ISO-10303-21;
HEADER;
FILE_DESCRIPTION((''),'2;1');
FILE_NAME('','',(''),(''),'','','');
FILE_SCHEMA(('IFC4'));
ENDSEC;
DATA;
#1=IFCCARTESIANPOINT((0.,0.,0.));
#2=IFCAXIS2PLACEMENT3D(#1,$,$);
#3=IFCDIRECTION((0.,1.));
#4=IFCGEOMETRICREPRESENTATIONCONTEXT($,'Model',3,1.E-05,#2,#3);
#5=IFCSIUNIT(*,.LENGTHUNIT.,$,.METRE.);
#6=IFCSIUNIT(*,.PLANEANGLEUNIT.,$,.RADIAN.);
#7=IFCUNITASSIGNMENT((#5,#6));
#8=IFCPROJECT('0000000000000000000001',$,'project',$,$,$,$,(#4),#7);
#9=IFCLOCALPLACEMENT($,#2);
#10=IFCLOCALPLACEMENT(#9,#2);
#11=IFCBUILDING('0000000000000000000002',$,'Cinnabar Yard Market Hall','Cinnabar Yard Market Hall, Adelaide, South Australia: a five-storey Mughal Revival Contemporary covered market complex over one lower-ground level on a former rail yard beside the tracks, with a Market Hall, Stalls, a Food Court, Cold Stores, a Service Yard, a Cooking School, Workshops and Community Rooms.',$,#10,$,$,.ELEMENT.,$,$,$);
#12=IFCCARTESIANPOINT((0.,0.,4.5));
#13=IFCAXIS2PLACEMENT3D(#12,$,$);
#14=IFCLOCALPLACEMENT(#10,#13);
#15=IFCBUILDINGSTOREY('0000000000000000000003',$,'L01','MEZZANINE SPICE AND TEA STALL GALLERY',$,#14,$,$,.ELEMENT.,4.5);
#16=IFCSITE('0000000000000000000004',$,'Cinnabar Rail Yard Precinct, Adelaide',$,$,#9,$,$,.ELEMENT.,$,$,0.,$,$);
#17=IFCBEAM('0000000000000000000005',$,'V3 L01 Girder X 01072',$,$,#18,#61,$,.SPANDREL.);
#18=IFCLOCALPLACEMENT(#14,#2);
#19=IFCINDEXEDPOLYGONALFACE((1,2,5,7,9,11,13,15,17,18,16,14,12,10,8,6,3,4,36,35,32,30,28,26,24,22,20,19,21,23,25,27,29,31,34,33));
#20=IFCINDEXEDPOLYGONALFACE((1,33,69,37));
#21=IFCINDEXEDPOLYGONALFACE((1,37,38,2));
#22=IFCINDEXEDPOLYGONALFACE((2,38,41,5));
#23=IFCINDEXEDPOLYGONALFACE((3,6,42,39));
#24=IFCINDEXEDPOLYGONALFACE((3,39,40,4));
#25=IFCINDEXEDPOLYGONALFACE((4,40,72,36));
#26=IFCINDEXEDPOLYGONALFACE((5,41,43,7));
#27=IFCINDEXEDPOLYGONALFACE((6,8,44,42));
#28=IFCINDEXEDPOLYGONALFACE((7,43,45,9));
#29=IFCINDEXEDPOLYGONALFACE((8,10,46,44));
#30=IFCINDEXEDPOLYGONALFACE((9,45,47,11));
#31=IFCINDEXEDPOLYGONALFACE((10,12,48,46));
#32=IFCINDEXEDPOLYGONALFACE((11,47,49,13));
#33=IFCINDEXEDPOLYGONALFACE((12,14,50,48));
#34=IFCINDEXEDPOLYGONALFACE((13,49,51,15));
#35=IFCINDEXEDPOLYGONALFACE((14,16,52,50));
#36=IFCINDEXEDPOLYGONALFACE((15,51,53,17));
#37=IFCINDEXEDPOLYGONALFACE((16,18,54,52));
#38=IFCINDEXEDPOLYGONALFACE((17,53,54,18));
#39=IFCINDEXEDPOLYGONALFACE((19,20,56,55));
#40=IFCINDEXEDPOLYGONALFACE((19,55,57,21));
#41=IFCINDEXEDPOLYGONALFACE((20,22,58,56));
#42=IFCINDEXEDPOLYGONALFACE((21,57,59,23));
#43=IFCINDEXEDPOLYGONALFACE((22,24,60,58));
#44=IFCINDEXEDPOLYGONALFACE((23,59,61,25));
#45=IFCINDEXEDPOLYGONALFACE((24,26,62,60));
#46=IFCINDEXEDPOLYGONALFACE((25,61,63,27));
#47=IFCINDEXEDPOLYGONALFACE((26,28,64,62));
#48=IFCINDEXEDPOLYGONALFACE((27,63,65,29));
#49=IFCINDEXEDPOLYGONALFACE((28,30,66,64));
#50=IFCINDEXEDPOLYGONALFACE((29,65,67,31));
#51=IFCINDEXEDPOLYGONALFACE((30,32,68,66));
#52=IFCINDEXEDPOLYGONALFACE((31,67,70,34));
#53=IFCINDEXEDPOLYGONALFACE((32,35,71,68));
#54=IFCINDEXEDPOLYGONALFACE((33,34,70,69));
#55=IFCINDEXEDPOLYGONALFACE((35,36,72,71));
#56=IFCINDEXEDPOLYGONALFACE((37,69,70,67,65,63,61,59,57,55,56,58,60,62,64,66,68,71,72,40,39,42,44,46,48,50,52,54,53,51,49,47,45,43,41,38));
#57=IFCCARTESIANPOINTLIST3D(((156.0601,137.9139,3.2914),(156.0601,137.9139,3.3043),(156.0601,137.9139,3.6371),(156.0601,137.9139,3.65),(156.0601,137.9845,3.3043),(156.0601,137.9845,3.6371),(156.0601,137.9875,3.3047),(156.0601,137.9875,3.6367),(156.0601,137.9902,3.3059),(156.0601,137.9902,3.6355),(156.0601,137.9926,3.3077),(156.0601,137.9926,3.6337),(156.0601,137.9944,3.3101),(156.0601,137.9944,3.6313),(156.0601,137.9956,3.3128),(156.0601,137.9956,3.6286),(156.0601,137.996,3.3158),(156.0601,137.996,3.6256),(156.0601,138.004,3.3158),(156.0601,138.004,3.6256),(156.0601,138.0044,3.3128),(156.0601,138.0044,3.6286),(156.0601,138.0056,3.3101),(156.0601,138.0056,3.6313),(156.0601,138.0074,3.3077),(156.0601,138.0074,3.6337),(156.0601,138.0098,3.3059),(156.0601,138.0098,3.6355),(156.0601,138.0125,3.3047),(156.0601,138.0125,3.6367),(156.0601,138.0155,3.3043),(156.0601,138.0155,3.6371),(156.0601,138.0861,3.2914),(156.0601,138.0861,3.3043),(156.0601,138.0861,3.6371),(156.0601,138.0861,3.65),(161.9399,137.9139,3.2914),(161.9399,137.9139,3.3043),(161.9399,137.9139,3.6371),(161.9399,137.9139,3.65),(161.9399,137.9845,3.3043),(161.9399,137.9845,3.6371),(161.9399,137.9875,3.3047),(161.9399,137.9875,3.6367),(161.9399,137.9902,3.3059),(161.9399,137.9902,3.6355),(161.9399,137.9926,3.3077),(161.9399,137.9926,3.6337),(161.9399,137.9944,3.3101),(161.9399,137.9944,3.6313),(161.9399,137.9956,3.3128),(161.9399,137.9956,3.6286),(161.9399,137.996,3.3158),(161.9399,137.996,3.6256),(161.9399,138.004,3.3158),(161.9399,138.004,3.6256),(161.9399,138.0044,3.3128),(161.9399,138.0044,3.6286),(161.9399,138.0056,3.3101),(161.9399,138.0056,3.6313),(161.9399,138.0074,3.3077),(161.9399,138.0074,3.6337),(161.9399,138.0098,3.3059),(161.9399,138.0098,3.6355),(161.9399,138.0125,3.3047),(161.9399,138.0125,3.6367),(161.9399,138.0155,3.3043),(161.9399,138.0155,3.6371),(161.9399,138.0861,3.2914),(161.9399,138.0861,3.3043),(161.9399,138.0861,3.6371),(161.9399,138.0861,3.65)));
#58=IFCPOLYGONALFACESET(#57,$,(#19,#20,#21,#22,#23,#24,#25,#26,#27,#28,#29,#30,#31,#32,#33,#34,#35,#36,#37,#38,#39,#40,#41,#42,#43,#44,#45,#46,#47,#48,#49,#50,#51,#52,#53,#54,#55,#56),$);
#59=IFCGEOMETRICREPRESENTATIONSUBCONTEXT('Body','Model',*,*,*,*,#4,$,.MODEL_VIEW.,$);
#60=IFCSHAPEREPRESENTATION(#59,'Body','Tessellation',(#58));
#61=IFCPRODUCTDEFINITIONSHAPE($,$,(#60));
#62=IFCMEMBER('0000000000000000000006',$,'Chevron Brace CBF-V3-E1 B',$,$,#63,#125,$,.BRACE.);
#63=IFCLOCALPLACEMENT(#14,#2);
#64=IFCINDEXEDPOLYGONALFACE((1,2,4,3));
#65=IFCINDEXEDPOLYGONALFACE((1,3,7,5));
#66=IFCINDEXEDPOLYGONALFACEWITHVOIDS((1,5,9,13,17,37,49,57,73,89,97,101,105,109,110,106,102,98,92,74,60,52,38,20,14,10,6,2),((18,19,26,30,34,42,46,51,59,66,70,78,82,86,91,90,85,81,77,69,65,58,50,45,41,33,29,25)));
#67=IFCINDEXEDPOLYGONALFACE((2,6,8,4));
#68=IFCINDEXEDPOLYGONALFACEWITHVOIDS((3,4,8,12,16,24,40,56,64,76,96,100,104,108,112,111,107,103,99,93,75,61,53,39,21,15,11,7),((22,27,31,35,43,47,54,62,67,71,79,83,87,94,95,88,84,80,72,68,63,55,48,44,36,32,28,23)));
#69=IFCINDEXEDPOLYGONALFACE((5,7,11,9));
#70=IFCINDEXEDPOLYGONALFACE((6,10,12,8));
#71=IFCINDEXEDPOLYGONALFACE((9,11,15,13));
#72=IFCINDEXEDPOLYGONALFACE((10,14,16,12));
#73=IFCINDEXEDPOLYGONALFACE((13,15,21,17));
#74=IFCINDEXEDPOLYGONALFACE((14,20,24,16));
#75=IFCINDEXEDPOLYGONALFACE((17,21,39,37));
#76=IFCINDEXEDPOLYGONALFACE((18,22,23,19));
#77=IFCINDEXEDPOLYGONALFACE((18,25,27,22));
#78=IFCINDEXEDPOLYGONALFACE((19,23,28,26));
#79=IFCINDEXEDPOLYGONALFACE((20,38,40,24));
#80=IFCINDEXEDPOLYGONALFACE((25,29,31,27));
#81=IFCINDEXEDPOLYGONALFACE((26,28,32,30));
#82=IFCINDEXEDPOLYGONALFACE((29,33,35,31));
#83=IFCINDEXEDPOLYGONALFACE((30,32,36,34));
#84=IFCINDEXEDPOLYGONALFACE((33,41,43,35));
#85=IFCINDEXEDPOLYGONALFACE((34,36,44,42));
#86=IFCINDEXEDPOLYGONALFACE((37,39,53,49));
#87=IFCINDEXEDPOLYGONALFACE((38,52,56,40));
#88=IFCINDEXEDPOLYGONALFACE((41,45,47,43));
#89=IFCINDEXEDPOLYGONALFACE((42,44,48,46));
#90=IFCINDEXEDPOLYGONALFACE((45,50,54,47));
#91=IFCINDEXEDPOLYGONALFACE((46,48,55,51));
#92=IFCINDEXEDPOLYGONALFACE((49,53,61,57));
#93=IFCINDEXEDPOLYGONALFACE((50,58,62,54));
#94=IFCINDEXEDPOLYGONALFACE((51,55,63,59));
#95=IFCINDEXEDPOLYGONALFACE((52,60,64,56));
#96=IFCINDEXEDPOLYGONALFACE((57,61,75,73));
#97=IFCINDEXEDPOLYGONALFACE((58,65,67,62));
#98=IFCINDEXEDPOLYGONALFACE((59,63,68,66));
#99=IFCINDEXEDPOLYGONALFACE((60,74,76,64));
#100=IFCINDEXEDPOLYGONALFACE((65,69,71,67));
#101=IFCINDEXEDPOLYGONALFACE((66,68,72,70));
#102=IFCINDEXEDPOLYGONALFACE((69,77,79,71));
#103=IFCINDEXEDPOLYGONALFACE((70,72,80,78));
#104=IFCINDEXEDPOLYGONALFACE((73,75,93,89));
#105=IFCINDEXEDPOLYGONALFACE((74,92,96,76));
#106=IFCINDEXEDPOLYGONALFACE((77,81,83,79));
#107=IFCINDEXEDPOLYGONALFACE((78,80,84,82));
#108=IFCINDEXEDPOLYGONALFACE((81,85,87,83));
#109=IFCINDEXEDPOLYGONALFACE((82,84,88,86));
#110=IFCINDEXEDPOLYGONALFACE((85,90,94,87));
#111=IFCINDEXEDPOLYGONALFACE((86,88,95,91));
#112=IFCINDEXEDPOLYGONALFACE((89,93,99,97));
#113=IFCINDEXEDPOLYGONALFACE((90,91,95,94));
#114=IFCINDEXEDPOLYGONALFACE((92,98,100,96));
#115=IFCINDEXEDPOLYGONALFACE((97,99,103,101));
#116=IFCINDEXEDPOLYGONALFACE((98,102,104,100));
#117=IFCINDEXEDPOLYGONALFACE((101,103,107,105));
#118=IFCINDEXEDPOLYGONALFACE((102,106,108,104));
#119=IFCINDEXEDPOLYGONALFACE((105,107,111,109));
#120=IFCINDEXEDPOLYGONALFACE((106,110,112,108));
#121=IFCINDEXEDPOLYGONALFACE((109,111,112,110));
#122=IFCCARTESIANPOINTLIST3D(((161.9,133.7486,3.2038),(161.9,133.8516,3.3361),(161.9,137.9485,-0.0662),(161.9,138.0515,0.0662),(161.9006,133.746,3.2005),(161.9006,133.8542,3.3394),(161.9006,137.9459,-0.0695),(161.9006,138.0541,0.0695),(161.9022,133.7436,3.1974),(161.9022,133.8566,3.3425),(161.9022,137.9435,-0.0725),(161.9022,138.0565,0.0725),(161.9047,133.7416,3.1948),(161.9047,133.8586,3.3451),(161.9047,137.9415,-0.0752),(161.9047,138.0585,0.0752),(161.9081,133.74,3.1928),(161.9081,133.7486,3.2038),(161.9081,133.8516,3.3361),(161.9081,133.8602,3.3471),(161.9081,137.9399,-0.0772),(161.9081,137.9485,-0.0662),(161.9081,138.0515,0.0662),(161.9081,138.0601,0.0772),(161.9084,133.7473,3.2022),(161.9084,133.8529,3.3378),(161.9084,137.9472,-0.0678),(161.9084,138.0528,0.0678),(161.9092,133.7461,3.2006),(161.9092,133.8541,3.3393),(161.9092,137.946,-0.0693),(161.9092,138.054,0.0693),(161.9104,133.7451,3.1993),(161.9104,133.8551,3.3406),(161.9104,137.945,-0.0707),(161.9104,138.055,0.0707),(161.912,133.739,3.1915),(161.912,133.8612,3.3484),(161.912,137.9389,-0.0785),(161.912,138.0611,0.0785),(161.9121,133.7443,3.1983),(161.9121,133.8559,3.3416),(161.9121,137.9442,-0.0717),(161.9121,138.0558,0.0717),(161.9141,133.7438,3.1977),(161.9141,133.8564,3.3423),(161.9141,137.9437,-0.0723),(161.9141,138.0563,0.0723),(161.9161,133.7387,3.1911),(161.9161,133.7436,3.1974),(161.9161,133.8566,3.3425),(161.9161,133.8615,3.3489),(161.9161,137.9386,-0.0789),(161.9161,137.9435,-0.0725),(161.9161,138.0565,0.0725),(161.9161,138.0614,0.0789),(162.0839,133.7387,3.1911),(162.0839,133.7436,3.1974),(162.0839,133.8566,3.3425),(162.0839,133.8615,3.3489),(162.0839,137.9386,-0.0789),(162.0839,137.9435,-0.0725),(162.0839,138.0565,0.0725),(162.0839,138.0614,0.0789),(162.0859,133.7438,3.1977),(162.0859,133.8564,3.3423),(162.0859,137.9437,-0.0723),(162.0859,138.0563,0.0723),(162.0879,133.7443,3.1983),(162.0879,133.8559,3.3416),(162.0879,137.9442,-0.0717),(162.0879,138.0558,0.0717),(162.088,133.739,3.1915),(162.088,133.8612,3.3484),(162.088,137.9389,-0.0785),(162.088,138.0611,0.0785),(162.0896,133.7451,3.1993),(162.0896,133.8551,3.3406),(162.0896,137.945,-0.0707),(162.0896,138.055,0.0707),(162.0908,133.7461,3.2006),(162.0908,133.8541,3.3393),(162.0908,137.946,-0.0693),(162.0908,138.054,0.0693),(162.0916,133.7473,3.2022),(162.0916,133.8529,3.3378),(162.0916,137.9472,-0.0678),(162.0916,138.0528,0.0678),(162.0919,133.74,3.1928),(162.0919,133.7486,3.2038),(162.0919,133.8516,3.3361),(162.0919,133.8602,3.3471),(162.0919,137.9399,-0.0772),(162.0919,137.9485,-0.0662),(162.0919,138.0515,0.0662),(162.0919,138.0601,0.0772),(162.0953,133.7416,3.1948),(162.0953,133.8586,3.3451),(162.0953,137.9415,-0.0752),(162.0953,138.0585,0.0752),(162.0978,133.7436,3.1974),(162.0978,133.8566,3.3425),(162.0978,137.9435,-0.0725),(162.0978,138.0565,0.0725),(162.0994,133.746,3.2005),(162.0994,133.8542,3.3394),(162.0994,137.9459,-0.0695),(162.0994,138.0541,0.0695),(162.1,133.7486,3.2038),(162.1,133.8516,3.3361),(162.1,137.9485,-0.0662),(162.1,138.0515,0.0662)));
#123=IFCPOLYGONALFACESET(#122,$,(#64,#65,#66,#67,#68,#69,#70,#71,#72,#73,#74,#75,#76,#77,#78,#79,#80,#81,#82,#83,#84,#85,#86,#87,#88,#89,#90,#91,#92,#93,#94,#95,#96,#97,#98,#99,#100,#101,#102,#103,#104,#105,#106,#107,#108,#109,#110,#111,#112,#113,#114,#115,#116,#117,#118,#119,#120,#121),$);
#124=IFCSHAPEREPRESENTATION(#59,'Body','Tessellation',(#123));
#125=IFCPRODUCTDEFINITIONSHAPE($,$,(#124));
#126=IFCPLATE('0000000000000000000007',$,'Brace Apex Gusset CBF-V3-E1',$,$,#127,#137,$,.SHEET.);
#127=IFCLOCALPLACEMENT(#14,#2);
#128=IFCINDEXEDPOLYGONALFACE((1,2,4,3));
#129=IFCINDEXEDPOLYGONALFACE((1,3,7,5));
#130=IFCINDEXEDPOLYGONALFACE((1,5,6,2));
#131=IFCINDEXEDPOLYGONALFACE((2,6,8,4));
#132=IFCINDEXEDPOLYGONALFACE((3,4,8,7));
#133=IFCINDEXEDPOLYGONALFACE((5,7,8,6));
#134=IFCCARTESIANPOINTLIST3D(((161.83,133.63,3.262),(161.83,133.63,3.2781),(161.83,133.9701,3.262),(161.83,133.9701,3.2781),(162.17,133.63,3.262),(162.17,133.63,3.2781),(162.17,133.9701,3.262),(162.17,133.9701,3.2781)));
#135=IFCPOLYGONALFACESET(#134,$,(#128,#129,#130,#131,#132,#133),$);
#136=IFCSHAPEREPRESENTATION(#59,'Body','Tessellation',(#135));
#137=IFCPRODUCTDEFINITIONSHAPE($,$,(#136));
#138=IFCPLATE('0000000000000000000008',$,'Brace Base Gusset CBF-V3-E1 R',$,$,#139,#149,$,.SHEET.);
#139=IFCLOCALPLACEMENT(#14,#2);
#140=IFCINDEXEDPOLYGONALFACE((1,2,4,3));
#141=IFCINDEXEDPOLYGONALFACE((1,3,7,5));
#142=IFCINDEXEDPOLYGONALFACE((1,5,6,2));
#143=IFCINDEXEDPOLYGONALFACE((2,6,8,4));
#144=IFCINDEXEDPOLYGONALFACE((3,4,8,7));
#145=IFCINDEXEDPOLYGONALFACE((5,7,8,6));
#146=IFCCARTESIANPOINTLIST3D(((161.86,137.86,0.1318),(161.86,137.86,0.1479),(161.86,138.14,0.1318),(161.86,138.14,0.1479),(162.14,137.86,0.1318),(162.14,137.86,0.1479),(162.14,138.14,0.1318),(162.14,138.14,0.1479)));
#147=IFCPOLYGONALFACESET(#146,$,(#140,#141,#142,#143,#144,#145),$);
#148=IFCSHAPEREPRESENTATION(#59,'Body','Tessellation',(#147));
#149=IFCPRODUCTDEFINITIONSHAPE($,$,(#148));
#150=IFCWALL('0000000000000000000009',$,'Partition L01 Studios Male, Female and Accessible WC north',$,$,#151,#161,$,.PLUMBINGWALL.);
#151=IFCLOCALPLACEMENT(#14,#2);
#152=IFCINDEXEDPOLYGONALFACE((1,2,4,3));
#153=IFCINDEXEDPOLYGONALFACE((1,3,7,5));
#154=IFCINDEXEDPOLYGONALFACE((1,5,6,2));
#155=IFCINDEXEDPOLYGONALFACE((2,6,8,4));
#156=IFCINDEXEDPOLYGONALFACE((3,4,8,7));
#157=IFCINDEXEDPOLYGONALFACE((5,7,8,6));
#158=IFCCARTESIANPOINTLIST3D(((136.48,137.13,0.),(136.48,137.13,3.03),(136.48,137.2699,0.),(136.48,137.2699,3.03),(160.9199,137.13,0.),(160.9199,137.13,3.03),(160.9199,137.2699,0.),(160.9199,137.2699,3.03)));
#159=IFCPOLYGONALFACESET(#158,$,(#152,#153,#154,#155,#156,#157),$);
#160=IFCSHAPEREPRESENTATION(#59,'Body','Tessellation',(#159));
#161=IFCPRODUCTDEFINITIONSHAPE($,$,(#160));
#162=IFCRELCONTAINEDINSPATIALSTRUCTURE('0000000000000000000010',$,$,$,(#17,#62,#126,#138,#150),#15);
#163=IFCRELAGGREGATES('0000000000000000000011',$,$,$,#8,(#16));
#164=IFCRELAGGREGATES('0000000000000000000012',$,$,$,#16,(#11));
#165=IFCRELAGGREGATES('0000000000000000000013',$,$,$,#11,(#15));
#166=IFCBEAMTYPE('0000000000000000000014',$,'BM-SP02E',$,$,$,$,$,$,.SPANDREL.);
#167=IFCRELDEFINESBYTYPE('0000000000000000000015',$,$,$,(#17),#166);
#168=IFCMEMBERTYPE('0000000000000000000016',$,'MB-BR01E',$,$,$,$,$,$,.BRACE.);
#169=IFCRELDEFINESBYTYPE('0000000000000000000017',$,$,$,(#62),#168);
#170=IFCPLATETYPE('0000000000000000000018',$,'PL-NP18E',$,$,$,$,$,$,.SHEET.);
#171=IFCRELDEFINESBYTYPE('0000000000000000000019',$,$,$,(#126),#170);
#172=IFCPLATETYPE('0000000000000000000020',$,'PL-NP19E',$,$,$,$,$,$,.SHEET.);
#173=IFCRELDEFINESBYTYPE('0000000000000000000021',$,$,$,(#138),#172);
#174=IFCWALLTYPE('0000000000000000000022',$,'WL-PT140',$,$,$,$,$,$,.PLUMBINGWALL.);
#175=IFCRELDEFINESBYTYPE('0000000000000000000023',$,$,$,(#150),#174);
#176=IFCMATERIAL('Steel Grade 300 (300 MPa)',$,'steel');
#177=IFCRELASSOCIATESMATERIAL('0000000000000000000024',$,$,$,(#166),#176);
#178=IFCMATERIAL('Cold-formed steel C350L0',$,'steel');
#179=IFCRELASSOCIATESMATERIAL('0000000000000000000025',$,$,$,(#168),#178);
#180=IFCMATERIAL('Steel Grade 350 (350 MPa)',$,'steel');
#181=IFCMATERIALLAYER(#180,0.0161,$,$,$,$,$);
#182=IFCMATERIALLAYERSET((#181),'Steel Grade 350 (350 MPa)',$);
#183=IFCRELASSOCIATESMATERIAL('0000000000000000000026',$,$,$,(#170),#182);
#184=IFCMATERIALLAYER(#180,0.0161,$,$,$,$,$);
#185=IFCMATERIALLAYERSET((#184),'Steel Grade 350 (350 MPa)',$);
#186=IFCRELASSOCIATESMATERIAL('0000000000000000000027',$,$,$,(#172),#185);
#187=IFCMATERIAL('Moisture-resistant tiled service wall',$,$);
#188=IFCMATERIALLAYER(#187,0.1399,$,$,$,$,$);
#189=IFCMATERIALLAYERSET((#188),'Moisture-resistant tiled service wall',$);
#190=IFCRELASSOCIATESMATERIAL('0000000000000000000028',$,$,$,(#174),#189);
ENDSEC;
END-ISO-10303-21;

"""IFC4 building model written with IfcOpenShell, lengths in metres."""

from ifc_helpers import new_model, si_unit, direction, frame, frame_2d, origin, origin_2d_with_axis, place, context, subcontext, project, spatial, rectangle, hollow_rectangle, i_section, extrude, material, layer, layer_set, material_profile, profile_set, type_object, element, save


model = new_model("IFC4")

# Units and contexts
model_context = context("Model", 3, precision=1e-05, world=origin(), true_north=direction((0.0, 1.0)))
body_context = subcontext(model_context, "Body", "Model", "MODEL_VIEW")
ifc_project = project(units=[si_unit("LENGTHUNIT", "METRE"), si_unit("PLANEANGLEUNIT", "RADIAN")], contexts=[model_context])

# Site, building, storey
site_placement = place(None, origin())
site = spatial("IfcSite", under=ifc_project, at=site_placement, Name="Cinnabar Rail Yard Precinct, Adelaide", CompositionType="ELEMENT", RefElevation=0.0)
building_placement = place(site_placement, origin())
building = spatial("IfcBuilding", under=site, at=building_placement, Name="Cinnabar Yard Market Hall", Description="Cinnabar Yard Market Hall, Adelaide, South Australia: a five-storey Mughal Revival Contemporary covered market complex over one lower-ground level on a former rail yard beside the tracks, with a Market Hall, Stalls, a Food Court, Cold Stores, a Service Yard, a Cooking School, Workshops and Community Rooms.", CompositionType="ELEMENT")
storey_placement = place(building_placement, frame((0.0, 0.0, 4.5)))
storey = spatial("IfcBuildingStorey", under=building, at=storey_placement, Name="L01", Description="MEZZANINE SPICE AND TEA STALL GALLERY", CompositionType="ELEMENT", Elevation=4.5)

# Shared definitions
ifc_material_1 = material(Name="Steel Grade 350 (350 MPa)", Category="steel")
ifc_material_2 = material(Name="Steel Grade 300 (300 MPa)", Category="steel")

# Beam
ifc_material_profile_1 = material_profile(ifc_material_2, i_section(OverallWidth=0.1721, OverallDepth=0.3586, WebThickness=0.0081, FlangeThickness=0.0129, FilletRadius=0.0115, at=origin_2d_with_axis()), Name="360UB56.7")
ifc_profile_set_1 = profile_set([ifc_material_profile_1], Name="Steel Grade 300 (300 MPa)")
beam_type = type_object("IfcBeamType", Name="BM-SP02E", PredefinedType="SPANDREL", material=ifc_profile_set_1)
beam_1_placement = place(storey_placement, frame((156.0601, 138.0, 3.4707), z_axis=(1.0, 0.0, 0.0), x_axis=(0.0, 1.0, 0.0)))
element("IfcBeam", 1, at=beam_1_placement, inside=storey, type_object=beam_type, Name="V3 L01 Girder X 01072", PredefinedType="SPANDREL", context=body_context, shape_type="SweptSolid", body=[
    extrude(i_section(OverallWidth=0.1721, OverallDepth=0.3586, WebThickness=0.0081, FlangeThickness=0.0129, FilletRadius=0.0115, at=origin_2d_with_axis()), origin(), (0.0, 0.0, 1.0), 5.8799),
])

# Member
ifc_material_3 = material(Name="Cold-formed steel C350L0", Category="steel")
ifc_material_profile_2 = material_profile(ifc_material_3, hollow_rectangle(XDim=0.2, YDim=0.2, WallThickness=0.0081, InnerFilletRadius=0.0081, OuterFilletRadius=0.0161, at=origin_2d_with_axis()), Name="200x200x8.0SHS")
ifc_profile_set_2 = profile_set([ifc_material_profile_2], Name="Cold-formed steel C350L0")
member_type = type_object("IfcMemberType", Name="MB-BR01E", PredefinedType="BRACE", material=ifc_profile_set_2)
member_placement = place(storey_placement, frame((162.0, 138.0, 0.0), z_axis=(0.0, -0.789043, 0.614337), x_axis=(1.0, 0.0, 0.0)))
element("IfcMember", 2, at=member_placement, inside=storey, type_object=member_type, Name="Chevron Brace CBF-V3-E1 B", PredefinedType="BRACE", context=body_context, shape_type="SweptSolid", body=[
    extrude(hollow_rectangle(XDim=0.2, YDim=0.2, WallThickness=0.0081, InnerFilletRadius=0.0081, OuterFilletRadius=0.0161, at=origin_2d_with_axis()), origin(), (0.0, 0.0, 1.0), 5.3228),
])

# Plates
ifc_layer_1 = layer(ifc_material_1, 0.0161)
ifc_layer_set_1 = layer_set([ifc_layer_1], Name="Steel Grade 350 (350 MPa)")
plate_type_1 = type_object("IfcPlateType", Name="PL-NP18E", PredefinedType="SHEET", material=ifc_layer_set_1)
plate_1_placement = place(storey_placement, frame((162.0, 133.8, 3.262), z_axis=(0.0, 0.0, 1.0), x_axis=(1.0, 0.0, 0.0)))
element("IfcPlate", 3, at=plate_1_placement, inside=storey, type_object=plate_type_1, Name="Brace Apex Gusset CBF-V3-E1", PredefinedType="SHEET", context=body_context, shape_type="SweptSolid", body=[
    extrude(rectangle(XDim=0.3401, YDim=0.3401, at=origin_2d_with_axis()), origin(), (0.0, 0.0, 1.0), 0.0161),
])
ifc_layer_2 = layer(ifc_material_1, 0.0161)
ifc_layer_set_2 = layer_set([ifc_layer_2], Name="Steel Grade 350 (350 MPa)")
plate_type_2 = type_object("IfcPlateType", Name="PL-NP19E", PredefinedType="SHEET", material=ifc_layer_set_2)
plate_2_placement = place(storey_placement, frame((162.0, 138.0, 0.1318), z_axis=(0.0, 0.0, 1.0), x_axis=(1.0, 0.0, 0.0)))
element("IfcPlate", 4, at=plate_2_placement, inside=storey, type_object=plate_type_2, Name="Brace Base Gusset CBF-V3-E1 R", PredefinedType="SHEET", context=body_context, shape_type="SweptSolid", body=[
    extrude(rectangle(XDim=0.28, YDim=0.28, at=origin_2d_with_axis()), origin(), (0.0, 0.0, 1.0), 0.0161),
])

# Wall
ifc_material_4 = material(Name="Moisture-resistant tiled service wall")
ifc_layer_3 = layer(ifc_material_4, 0.1399)
ifc_layer_set_3 = layer_set([ifc_layer_3], Name="Moisture-resistant tiled service wall")
wall_type_1 = type_object("IfcWallType", Name="WL-PT140", PredefinedType="PLUMBINGWALL", material=ifc_layer_set_3)
wall_1_placement = place(storey_placement, frame((160.9199, 137.2, 0.0), z_axis=(0.0, 0.0, 1.0), x_axis=(-1.0, 0.0, 0.0)))
element("IfcWall", 5, at=wall_1_placement, inside=storey, type_object=wall_type_1, Name="Partition L01 Studios Male, Female and Accessible WC north", PredefinedType="PLUMBINGWALL", context=body_context, shape_type="SweptSolid", body=[
    extrude(rectangle(XDim=24.4399, YDim=0.1399, at=frame_2d((12.22, 0.0), x_axis=(1.0, 0.0))), origin(), (0.0, 0.0, 1.0), 3.03),
])

save(model, "model.ifc")
